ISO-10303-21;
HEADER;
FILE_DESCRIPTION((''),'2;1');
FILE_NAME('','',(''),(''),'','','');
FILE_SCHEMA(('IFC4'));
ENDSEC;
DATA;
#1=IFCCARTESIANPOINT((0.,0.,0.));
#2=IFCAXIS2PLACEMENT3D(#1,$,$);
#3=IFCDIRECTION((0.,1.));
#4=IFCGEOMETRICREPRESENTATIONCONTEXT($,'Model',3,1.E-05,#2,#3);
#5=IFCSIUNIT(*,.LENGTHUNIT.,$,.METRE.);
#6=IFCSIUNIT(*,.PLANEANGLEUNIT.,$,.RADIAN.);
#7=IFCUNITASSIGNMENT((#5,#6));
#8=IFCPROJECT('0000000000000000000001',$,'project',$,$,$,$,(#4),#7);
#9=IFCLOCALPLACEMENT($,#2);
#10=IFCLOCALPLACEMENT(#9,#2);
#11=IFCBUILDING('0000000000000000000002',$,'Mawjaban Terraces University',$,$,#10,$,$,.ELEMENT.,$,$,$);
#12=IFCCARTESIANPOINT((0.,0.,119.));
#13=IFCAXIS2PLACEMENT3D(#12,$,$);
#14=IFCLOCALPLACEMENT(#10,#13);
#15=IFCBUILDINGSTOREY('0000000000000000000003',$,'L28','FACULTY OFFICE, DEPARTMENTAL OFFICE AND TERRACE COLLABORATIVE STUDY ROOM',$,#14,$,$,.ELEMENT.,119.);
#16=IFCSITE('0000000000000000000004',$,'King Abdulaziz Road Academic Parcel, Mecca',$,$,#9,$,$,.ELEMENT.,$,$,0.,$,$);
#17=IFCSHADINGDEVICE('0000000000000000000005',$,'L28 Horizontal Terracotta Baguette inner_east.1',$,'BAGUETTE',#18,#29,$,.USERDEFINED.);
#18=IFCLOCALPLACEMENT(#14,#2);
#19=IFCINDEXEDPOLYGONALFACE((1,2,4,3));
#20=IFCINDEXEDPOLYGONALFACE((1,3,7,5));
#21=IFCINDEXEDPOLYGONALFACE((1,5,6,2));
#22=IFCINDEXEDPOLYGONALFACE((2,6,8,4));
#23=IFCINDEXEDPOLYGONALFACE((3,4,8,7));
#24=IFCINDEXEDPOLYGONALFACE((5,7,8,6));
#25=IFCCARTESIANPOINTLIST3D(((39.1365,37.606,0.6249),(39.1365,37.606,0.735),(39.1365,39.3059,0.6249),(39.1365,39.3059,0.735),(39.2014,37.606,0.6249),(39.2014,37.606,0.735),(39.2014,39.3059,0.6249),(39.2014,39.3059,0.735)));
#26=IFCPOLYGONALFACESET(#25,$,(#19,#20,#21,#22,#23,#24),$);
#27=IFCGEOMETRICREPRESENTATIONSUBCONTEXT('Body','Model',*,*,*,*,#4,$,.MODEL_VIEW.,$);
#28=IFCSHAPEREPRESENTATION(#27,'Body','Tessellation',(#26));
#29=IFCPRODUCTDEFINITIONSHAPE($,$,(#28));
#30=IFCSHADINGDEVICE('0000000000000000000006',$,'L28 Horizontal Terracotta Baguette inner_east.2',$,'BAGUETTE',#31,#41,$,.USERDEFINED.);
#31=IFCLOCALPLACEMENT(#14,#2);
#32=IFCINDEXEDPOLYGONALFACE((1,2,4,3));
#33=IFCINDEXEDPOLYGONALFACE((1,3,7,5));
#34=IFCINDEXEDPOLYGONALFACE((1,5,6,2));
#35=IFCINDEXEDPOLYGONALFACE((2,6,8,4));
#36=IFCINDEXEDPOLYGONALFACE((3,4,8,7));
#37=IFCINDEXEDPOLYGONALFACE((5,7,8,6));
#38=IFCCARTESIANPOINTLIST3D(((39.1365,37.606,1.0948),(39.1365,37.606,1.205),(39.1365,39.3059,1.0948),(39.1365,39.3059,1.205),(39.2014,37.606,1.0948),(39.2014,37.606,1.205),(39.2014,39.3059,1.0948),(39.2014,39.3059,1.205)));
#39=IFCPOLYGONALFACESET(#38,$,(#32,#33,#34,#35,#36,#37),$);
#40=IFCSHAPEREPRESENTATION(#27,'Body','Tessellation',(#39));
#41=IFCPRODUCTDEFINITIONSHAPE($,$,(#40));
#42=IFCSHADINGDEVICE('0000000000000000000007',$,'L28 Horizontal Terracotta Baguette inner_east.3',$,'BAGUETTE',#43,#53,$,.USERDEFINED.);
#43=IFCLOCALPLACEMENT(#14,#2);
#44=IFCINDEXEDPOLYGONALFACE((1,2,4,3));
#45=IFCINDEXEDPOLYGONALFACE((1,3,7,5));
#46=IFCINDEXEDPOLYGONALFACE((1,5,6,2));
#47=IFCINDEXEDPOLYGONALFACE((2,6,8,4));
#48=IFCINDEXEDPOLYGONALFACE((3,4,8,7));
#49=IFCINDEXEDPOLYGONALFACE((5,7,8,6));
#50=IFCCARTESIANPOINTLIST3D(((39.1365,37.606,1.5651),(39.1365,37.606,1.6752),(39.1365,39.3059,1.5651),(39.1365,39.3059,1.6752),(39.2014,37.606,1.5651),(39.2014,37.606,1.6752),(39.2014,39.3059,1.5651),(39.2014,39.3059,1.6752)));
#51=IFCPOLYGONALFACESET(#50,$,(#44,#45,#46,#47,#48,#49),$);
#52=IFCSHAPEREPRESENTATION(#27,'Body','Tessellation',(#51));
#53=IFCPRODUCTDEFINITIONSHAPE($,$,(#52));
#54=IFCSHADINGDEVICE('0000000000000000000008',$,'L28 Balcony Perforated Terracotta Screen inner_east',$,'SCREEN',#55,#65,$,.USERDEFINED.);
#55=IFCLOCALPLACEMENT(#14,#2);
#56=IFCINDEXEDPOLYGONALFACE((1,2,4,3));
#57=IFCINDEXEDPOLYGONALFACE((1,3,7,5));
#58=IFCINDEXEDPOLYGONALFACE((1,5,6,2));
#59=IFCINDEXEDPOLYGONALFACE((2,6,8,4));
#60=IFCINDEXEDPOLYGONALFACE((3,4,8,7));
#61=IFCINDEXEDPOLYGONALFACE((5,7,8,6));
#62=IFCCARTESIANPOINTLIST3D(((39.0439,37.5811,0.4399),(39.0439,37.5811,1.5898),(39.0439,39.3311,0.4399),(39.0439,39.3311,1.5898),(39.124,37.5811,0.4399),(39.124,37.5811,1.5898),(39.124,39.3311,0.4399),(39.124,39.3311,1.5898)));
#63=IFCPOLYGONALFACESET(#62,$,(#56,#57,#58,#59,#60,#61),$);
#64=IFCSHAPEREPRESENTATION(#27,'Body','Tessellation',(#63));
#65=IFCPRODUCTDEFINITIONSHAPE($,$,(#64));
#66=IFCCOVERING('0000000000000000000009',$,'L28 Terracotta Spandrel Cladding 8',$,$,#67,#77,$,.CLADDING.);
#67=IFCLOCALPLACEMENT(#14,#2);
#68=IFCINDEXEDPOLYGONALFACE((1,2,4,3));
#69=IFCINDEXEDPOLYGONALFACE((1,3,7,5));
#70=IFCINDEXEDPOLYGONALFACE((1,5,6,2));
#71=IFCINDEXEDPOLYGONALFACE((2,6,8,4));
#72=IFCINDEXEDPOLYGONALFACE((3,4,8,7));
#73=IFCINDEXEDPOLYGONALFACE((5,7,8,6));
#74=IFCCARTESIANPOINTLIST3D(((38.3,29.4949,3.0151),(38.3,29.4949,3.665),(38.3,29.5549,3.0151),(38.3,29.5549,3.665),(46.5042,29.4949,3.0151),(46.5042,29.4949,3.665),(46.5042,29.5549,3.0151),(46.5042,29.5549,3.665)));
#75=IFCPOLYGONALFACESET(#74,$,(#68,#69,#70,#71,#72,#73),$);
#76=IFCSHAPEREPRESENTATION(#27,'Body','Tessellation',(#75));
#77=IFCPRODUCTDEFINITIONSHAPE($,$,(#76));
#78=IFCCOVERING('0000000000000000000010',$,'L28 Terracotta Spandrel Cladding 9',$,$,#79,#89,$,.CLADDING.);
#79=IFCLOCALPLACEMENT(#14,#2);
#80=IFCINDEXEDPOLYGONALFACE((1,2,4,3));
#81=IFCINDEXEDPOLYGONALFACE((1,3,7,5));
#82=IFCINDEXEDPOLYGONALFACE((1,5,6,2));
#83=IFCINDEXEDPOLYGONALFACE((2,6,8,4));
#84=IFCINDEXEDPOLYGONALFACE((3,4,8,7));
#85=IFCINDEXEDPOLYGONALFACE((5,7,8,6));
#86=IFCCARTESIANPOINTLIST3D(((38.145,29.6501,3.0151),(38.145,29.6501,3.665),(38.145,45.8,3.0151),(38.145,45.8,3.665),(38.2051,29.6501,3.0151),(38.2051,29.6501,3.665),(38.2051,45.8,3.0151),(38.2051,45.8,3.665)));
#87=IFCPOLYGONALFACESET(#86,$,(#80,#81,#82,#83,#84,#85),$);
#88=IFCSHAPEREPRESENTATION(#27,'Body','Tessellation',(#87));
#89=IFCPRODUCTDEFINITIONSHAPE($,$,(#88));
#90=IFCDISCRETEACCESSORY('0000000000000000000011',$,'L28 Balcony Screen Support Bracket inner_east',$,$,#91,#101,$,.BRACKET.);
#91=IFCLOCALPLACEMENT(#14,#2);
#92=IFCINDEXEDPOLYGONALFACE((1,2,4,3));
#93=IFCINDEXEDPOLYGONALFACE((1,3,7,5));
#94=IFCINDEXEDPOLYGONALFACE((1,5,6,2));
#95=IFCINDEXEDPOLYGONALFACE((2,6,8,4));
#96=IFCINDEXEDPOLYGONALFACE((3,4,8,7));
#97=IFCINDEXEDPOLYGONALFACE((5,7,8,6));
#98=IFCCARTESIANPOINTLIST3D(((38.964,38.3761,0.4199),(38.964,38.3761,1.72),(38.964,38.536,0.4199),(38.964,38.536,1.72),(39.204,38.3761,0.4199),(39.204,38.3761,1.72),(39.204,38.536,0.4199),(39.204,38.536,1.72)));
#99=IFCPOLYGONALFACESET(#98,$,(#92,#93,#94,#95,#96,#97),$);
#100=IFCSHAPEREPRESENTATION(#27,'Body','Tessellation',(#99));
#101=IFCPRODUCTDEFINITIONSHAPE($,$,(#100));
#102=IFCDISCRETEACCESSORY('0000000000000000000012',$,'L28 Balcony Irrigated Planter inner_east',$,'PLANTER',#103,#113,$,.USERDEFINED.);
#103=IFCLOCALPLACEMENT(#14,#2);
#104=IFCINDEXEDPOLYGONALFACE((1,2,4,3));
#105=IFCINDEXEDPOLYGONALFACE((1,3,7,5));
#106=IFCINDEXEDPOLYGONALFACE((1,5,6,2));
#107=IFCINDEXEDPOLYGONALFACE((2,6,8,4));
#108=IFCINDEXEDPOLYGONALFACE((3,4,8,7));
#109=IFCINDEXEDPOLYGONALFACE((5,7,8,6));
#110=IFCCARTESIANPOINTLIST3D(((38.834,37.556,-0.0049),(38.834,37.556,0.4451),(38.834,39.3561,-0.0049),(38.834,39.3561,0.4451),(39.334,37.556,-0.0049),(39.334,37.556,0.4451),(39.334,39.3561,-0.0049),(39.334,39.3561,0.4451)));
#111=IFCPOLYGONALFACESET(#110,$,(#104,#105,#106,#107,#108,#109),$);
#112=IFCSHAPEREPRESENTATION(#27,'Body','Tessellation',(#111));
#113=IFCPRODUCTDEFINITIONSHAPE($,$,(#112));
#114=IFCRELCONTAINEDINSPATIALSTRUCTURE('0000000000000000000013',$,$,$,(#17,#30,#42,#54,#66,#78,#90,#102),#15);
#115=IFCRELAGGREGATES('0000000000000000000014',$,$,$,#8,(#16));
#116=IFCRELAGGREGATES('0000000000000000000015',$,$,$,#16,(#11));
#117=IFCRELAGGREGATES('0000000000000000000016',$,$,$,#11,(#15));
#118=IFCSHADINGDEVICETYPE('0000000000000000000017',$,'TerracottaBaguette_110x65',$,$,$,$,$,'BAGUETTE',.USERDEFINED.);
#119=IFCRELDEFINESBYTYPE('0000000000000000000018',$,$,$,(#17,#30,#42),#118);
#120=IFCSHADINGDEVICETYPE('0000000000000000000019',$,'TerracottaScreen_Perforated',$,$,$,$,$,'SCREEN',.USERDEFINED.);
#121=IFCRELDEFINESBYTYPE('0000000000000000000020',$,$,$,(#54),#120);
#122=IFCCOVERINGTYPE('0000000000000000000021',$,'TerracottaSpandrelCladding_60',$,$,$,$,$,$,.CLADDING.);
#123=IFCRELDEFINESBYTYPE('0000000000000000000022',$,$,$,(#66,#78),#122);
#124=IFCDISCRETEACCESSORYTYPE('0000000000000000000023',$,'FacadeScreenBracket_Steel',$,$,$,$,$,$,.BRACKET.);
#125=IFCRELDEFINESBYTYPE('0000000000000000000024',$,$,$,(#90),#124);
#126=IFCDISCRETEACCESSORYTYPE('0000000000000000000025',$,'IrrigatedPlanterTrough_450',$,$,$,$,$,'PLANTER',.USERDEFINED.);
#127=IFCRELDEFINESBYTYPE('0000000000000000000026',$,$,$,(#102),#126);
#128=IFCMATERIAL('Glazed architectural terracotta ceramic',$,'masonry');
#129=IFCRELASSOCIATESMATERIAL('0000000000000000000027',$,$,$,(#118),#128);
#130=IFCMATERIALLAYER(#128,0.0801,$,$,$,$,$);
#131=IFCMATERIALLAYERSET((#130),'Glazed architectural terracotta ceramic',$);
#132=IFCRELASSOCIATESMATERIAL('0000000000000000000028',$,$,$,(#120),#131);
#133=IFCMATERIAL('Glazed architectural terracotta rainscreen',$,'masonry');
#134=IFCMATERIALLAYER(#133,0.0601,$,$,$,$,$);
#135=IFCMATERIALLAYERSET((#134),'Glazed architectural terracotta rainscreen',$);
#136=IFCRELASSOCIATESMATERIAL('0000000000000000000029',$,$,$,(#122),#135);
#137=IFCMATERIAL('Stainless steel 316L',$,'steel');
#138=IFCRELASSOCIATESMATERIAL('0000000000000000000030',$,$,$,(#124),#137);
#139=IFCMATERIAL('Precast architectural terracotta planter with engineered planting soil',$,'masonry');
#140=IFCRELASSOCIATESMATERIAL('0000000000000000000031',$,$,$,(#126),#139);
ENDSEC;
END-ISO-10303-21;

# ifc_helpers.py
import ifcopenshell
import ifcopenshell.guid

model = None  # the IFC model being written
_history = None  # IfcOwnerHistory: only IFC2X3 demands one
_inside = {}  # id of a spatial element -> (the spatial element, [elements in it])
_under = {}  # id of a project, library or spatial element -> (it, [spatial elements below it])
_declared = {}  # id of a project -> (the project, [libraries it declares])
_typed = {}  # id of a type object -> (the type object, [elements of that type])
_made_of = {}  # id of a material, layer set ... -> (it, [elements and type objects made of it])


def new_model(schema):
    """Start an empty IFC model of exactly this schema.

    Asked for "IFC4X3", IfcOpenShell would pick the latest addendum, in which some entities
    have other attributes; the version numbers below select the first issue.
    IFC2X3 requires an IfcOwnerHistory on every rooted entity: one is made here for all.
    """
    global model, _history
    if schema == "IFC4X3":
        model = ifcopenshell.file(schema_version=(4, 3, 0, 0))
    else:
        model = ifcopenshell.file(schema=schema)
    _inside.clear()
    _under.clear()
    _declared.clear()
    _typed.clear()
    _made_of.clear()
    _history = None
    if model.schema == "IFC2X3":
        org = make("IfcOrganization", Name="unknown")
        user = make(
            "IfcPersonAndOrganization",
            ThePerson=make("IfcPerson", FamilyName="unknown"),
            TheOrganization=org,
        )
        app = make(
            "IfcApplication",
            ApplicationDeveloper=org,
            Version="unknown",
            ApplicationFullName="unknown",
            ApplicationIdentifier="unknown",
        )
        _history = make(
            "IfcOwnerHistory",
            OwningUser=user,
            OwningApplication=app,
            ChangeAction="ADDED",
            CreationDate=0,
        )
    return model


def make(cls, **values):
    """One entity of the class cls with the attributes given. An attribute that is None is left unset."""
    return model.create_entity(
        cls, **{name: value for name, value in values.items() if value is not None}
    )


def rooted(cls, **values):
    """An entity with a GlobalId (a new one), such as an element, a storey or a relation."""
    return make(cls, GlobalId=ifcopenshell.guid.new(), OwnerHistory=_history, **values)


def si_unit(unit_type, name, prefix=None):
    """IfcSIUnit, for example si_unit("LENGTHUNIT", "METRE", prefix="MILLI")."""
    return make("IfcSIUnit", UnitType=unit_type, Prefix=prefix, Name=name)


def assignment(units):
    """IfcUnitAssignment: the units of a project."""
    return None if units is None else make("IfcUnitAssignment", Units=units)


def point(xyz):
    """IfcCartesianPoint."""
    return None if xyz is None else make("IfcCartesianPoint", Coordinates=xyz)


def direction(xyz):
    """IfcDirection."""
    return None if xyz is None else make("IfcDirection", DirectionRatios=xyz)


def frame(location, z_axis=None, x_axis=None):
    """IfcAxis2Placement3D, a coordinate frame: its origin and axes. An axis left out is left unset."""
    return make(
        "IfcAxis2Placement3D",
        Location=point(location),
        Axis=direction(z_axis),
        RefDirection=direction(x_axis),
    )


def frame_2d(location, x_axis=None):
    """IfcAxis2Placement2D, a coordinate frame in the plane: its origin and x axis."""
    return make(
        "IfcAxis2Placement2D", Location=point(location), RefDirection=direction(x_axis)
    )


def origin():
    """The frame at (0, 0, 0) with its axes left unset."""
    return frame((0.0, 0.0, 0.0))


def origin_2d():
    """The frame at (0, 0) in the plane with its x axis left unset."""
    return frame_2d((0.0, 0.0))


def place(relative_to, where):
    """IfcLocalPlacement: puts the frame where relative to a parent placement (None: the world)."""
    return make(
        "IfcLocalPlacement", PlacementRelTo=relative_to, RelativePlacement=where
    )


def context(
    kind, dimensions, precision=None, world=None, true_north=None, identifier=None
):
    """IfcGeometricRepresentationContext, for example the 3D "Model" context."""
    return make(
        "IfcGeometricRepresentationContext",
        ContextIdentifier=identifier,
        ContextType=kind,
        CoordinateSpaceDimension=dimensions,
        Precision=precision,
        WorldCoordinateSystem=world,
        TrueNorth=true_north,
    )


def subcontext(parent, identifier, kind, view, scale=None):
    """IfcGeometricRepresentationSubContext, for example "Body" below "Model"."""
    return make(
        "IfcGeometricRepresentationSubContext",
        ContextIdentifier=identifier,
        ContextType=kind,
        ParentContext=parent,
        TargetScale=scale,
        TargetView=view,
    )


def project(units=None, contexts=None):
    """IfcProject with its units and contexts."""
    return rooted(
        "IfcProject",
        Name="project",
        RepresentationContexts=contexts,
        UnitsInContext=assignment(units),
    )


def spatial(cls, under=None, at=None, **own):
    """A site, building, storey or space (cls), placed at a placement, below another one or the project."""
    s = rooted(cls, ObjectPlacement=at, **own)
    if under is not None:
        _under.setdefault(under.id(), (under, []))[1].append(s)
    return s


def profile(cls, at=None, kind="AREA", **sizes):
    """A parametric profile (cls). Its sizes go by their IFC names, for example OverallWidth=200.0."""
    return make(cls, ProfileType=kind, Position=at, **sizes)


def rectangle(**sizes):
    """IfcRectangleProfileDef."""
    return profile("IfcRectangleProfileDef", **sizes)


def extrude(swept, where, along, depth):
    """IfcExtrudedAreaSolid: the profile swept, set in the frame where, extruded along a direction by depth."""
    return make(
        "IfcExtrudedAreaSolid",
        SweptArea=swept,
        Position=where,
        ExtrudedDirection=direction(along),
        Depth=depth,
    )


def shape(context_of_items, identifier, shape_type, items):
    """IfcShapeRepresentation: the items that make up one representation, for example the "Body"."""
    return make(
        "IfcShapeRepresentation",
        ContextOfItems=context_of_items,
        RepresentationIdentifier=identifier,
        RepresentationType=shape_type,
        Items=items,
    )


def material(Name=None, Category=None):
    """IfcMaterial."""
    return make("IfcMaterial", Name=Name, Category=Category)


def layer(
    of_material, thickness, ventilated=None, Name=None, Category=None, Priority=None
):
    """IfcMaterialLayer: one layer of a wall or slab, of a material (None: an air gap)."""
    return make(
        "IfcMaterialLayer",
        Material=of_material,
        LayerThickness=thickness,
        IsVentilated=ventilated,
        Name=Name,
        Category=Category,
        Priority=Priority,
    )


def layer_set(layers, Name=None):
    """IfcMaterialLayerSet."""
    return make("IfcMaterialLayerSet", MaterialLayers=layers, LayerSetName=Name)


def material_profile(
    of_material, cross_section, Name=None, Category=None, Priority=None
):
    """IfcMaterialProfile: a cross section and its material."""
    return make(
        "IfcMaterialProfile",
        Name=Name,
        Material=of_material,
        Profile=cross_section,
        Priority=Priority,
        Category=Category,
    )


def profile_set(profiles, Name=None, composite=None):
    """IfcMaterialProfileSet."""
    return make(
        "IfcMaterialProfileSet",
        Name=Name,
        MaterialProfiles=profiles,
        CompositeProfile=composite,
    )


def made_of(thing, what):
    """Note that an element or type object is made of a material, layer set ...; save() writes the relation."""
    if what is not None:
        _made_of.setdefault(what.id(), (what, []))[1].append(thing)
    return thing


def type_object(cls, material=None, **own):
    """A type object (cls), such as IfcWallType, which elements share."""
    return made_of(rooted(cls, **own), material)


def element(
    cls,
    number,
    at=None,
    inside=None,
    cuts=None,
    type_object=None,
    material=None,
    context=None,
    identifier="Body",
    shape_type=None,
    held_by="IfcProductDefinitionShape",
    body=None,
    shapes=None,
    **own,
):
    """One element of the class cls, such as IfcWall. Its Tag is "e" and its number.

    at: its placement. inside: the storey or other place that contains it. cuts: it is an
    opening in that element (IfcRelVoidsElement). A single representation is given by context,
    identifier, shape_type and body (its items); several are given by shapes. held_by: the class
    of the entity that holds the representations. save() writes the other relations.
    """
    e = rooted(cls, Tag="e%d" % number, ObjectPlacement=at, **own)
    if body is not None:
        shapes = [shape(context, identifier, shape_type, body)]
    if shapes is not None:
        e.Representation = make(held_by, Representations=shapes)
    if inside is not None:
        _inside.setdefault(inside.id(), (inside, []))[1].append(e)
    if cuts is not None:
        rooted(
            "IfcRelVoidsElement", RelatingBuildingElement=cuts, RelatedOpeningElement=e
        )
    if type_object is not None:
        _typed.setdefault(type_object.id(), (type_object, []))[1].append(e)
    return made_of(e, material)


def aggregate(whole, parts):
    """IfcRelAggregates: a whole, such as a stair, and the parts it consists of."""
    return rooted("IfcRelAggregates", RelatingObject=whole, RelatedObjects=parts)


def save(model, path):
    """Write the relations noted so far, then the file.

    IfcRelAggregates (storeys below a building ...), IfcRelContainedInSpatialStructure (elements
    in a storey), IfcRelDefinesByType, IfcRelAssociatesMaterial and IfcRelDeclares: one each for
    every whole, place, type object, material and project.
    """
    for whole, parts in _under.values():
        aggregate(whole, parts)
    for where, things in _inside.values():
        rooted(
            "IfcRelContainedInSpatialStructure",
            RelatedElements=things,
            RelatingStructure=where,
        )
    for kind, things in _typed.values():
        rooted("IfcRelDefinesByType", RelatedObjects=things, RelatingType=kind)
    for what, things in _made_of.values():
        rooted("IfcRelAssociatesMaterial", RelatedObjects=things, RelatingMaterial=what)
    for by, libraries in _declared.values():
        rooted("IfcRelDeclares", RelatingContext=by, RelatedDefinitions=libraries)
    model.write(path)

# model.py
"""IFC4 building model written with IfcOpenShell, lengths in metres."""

from ifc_helpers import new_model, si_unit, direction, frame, origin, origin_2d, place, context, subcontext, project, spatial, rectangle, extrude, material, layer, layer_set, material_profile, profile_set, type_object, element, save


model = new_model("IFC4")

# Units and contexts
model_context = context("Model", 3, precision=1e-05, world=origin(), true_north=direction((0.0, 1.0)))
body_context = subcontext(model_context, "Body", "Model", "MODEL_VIEW")
ifc_project = project(units=[si_unit("LENGTHUNIT", "METRE"), si_unit("PLANEANGLEUNIT", "RADIAN")], contexts=[model_context])

# Site, building, storey
site_placement = place(None, origin())
site = spatial("IfcSite", under=ifc_project, at=site_placement, Name="King Abdulaziz Road Academic Parcel, Mecca", CompositionType="ELEMENT", RefElevation=0.0)
building_placement = place(site_placement, origin())
building = spatial("IfcBuilding", under=site, at=building_placement, Name="Mawjaban Terraces University", CompositionType="ELEMENT")
storey_placement = place(building_placement, frame((0.0, 0.0, 119.0)))
storey = spatial("IfcBuildingStorey", under=building, at=storey_placement, Name="L28", Description="FACULTY OFFICE, DEPARTMENTAL OFFICE AND TERRACE COLLABORATIVE STUDY ROOM", CompositionType="ELEMENT", Elevation=119.0)

# Shading devices
ifc_material_1 = material(Name="Glazed architectural terracotta ceramic", Category="masonry")
ifc_material_profile_1 = material_profile(ifc_material_1, rectangle(XDim=0.0649, YDim=0.1101, at=origin_2d()), Name="TBAG110X65")
ifc_profile_set_1 = profile_set([ifc_material_profile_1], Name="Glazed architectural terracotta ceramic")
shading_device_type_1 = type_object("IfcShadingDeviceType", Name="TerracottaBaguette_110x65", ElementType="BAGUETTE", PredefinedType="USERDEFINED", material=ifc_profile_set_1)
for number, where, z_axis, x_axis, name in (
    (1, (39.1689, 37.606, 0.6799), (0.0, 1.0, 0.0), (-1.0, 0.0, 0.0), "L28 Horizontal Terracotta Baguette inner_east.1"),
    (2, (39.1689, 37.606, 1.1499), (0.0, 1.0, 0.0), (-1.0, 0.0, 0.0), "L28 Horizontal Terracotta Baguette inner_east.2"),
    (3, (39.1689, 37.606, 1.6201), (0.0, 1.0, 0.0), (-1.0, 0.0, 0.0), "L28 Horizontal Terracotta Baguette inner_east.3"),
):
    element("IfcShadingDevice", number, at=place(storey_placement, frame(where, z_axis=z_axis, x_axis=x_axis)), inside=storey, type_object=shading_device_type_1, Name=name, ObjectType="BAGUETTE", PredefinedType="USERDEFINED", context=body_context, shape_type="SweptSolid", body=[
        extrude(rectangle(XDim=0.0649, YDim=0.1101, at=origin_2d()), origin(), (0.0, 0.0, 1.0), 1.7),
    ])
ifc_layer_1 = layer(ifc_material_1, 0.0801)
ifc_layer_set_1 = layer_set([ifc_layer_1], Name="Glazed architectural terracotta ceramic")
shading_device_type_2 = type_object("IfcShadingDeviceType", Name="TerracottaScreen_Perforated", ElementType="SCREEN", PredefinedType="USERDEFINED", material=ifc_layer_set_1)
shading_device_placement = place(storey_placement, frame((39.084, 38.4561, 0.4399), z_axis=(0.0, 0.0, 1.0), x_axis=(0.0, 1.0, 0.0)))
element("IfcShadingDevice", 4, at=shading_device_placement, inside=storey, type_object=shading_device_type_2, Name="L28 Balcony Perforated Terracotta Screen inner_east", ObjectType="SCREEN", PredefinedType="USERDEFINED", context=body_context, shape_type="SweptSolid", body=[
    extrude(rectangle(XDim=1.75, YDim=0.0801, at=origin_2d()), origin(), (0.0, 0.0, 1.0), 1.1499),
])

# Coverings
ifc_material_2 = material(Name="Glazed architectural terracotta rainscreen", Category="masonry")
ifc_layer_2 = layer(ifc_material_2, 0.0601)
ifc_layer_set_2 = layer_set([ifc_layer_2], Name="Glazed architectural terracotta rainscreen")
covering_type = type_object("IfcCoveringType", Name="TerracottaSpandrelCladding_60", PredefinedType="CLADDING", material=ifc_layer_set_2)
covering_1_placement = place(storey_placement, frame((42.4021, 29.5249, 3.0151), z_axis=(0.0, 0.0, 1.0), x_axis=(-1.0, 0.0, 0.0)))
element("IfcCovering", 5, at=covering_1_placement, inside=storey, type_object=covering_type, Name="L28 Terracotta Spandrel Cladding 8", PredefinedType="CLADDING", context=body_context, shape_type="SweptSolid", body=[
    extrude(rectangle(XDim=8.2041, YDim=0.0601, at=origin_2d()), origin(), (0.0, 0.0, 1.0), 0.6499),
])
covering_2_placement = place(storey_placement, frame((38.175, 37.7251, 3.0151), z_axis=(0.0, 0.0, 1.0), x_axis=(0.0, 1.0, 0.0)))
element("IfcCovering", 6, at=covering_2_placement, inside=storey, type_object=covering_type, Name="L28 Terracotta Spandrel Cladding 9", PredefinedType="CLADDING", context=body_context, shape_type="SweptSolid", body=[
    extrude(rectangle(XDim=16.1499, YDim=0.0601, at=origin_2d()), origin(), (0.0, 0.0, 1.0), 0.6499),
])

# Discrete accessories
ifc_material_3 = material(Name="Stainless steel 316L", Category="steel")
discrete_accessory_type_1 = type_object("IfcDiscreteAccessoryType", Name="FacadeScreenBracket_Steel", PredefinedType="BRACKET", material=ifc_material_3)
discrete_accessory_1_placement = place(storey_placement, frame((39.084, 38.4561, 0.4199), z_axis=(0.0, 0.0, 1.0), x_axis=(0.0, 1.0, 0.0)))
element("IfcDiscreteAccessory", 7, at=discrete_accessory_1_placement, inside=storey, type_object=discrete_accessory_type_1, Name="L28 Balcony Screen Support Bracket inner_east", PredefinedType="BRACKET", context=body_context, shape_type="SweptSolid", body=[
    extrude(rectangle(XDim=0.1599, YDim=0.24, at=origin_2d()), origin(), (0.0, 0.0, 1.0), 1.3),
])
ifc_material_4 = material(Name="Precast architectural terracotta planter with engineered planting soil", Category="masonry")
discrete_accessory_type_2 = type_object("IfcDiscreteAccessoryType", Name="IrrigatedPlanterTrough_450", ElementType="PLANTER", PredefinedType="USERDEFINED", material=ifc_material_4)
discrete_accessory_2_placement = place(storey_placement, frame((39.084, 38.4561, -0.0049), z_axis=(0.0, 0.0, 1.0), x_axis=(0.0, 1.0, 0.0)))
element("IfcDiscreteAccessory", 8, at=discrete_accessory_2_placement, inside=storey, type_object=discrete_accessory_type_2, Name="L28 Balcony Irrigated Planter inner_east", ObjectType="PLANTER", PredefinedType="USERDEFINED", context=body_context, shape_type="SweptSolid", body=[
    extrude(rectangle(XDim=1.8, YDim=0.5, at=origin_2d()), origin(), (0.0, 0.0, 1.0), 0.45),
])

save(model, "model.ifc")
